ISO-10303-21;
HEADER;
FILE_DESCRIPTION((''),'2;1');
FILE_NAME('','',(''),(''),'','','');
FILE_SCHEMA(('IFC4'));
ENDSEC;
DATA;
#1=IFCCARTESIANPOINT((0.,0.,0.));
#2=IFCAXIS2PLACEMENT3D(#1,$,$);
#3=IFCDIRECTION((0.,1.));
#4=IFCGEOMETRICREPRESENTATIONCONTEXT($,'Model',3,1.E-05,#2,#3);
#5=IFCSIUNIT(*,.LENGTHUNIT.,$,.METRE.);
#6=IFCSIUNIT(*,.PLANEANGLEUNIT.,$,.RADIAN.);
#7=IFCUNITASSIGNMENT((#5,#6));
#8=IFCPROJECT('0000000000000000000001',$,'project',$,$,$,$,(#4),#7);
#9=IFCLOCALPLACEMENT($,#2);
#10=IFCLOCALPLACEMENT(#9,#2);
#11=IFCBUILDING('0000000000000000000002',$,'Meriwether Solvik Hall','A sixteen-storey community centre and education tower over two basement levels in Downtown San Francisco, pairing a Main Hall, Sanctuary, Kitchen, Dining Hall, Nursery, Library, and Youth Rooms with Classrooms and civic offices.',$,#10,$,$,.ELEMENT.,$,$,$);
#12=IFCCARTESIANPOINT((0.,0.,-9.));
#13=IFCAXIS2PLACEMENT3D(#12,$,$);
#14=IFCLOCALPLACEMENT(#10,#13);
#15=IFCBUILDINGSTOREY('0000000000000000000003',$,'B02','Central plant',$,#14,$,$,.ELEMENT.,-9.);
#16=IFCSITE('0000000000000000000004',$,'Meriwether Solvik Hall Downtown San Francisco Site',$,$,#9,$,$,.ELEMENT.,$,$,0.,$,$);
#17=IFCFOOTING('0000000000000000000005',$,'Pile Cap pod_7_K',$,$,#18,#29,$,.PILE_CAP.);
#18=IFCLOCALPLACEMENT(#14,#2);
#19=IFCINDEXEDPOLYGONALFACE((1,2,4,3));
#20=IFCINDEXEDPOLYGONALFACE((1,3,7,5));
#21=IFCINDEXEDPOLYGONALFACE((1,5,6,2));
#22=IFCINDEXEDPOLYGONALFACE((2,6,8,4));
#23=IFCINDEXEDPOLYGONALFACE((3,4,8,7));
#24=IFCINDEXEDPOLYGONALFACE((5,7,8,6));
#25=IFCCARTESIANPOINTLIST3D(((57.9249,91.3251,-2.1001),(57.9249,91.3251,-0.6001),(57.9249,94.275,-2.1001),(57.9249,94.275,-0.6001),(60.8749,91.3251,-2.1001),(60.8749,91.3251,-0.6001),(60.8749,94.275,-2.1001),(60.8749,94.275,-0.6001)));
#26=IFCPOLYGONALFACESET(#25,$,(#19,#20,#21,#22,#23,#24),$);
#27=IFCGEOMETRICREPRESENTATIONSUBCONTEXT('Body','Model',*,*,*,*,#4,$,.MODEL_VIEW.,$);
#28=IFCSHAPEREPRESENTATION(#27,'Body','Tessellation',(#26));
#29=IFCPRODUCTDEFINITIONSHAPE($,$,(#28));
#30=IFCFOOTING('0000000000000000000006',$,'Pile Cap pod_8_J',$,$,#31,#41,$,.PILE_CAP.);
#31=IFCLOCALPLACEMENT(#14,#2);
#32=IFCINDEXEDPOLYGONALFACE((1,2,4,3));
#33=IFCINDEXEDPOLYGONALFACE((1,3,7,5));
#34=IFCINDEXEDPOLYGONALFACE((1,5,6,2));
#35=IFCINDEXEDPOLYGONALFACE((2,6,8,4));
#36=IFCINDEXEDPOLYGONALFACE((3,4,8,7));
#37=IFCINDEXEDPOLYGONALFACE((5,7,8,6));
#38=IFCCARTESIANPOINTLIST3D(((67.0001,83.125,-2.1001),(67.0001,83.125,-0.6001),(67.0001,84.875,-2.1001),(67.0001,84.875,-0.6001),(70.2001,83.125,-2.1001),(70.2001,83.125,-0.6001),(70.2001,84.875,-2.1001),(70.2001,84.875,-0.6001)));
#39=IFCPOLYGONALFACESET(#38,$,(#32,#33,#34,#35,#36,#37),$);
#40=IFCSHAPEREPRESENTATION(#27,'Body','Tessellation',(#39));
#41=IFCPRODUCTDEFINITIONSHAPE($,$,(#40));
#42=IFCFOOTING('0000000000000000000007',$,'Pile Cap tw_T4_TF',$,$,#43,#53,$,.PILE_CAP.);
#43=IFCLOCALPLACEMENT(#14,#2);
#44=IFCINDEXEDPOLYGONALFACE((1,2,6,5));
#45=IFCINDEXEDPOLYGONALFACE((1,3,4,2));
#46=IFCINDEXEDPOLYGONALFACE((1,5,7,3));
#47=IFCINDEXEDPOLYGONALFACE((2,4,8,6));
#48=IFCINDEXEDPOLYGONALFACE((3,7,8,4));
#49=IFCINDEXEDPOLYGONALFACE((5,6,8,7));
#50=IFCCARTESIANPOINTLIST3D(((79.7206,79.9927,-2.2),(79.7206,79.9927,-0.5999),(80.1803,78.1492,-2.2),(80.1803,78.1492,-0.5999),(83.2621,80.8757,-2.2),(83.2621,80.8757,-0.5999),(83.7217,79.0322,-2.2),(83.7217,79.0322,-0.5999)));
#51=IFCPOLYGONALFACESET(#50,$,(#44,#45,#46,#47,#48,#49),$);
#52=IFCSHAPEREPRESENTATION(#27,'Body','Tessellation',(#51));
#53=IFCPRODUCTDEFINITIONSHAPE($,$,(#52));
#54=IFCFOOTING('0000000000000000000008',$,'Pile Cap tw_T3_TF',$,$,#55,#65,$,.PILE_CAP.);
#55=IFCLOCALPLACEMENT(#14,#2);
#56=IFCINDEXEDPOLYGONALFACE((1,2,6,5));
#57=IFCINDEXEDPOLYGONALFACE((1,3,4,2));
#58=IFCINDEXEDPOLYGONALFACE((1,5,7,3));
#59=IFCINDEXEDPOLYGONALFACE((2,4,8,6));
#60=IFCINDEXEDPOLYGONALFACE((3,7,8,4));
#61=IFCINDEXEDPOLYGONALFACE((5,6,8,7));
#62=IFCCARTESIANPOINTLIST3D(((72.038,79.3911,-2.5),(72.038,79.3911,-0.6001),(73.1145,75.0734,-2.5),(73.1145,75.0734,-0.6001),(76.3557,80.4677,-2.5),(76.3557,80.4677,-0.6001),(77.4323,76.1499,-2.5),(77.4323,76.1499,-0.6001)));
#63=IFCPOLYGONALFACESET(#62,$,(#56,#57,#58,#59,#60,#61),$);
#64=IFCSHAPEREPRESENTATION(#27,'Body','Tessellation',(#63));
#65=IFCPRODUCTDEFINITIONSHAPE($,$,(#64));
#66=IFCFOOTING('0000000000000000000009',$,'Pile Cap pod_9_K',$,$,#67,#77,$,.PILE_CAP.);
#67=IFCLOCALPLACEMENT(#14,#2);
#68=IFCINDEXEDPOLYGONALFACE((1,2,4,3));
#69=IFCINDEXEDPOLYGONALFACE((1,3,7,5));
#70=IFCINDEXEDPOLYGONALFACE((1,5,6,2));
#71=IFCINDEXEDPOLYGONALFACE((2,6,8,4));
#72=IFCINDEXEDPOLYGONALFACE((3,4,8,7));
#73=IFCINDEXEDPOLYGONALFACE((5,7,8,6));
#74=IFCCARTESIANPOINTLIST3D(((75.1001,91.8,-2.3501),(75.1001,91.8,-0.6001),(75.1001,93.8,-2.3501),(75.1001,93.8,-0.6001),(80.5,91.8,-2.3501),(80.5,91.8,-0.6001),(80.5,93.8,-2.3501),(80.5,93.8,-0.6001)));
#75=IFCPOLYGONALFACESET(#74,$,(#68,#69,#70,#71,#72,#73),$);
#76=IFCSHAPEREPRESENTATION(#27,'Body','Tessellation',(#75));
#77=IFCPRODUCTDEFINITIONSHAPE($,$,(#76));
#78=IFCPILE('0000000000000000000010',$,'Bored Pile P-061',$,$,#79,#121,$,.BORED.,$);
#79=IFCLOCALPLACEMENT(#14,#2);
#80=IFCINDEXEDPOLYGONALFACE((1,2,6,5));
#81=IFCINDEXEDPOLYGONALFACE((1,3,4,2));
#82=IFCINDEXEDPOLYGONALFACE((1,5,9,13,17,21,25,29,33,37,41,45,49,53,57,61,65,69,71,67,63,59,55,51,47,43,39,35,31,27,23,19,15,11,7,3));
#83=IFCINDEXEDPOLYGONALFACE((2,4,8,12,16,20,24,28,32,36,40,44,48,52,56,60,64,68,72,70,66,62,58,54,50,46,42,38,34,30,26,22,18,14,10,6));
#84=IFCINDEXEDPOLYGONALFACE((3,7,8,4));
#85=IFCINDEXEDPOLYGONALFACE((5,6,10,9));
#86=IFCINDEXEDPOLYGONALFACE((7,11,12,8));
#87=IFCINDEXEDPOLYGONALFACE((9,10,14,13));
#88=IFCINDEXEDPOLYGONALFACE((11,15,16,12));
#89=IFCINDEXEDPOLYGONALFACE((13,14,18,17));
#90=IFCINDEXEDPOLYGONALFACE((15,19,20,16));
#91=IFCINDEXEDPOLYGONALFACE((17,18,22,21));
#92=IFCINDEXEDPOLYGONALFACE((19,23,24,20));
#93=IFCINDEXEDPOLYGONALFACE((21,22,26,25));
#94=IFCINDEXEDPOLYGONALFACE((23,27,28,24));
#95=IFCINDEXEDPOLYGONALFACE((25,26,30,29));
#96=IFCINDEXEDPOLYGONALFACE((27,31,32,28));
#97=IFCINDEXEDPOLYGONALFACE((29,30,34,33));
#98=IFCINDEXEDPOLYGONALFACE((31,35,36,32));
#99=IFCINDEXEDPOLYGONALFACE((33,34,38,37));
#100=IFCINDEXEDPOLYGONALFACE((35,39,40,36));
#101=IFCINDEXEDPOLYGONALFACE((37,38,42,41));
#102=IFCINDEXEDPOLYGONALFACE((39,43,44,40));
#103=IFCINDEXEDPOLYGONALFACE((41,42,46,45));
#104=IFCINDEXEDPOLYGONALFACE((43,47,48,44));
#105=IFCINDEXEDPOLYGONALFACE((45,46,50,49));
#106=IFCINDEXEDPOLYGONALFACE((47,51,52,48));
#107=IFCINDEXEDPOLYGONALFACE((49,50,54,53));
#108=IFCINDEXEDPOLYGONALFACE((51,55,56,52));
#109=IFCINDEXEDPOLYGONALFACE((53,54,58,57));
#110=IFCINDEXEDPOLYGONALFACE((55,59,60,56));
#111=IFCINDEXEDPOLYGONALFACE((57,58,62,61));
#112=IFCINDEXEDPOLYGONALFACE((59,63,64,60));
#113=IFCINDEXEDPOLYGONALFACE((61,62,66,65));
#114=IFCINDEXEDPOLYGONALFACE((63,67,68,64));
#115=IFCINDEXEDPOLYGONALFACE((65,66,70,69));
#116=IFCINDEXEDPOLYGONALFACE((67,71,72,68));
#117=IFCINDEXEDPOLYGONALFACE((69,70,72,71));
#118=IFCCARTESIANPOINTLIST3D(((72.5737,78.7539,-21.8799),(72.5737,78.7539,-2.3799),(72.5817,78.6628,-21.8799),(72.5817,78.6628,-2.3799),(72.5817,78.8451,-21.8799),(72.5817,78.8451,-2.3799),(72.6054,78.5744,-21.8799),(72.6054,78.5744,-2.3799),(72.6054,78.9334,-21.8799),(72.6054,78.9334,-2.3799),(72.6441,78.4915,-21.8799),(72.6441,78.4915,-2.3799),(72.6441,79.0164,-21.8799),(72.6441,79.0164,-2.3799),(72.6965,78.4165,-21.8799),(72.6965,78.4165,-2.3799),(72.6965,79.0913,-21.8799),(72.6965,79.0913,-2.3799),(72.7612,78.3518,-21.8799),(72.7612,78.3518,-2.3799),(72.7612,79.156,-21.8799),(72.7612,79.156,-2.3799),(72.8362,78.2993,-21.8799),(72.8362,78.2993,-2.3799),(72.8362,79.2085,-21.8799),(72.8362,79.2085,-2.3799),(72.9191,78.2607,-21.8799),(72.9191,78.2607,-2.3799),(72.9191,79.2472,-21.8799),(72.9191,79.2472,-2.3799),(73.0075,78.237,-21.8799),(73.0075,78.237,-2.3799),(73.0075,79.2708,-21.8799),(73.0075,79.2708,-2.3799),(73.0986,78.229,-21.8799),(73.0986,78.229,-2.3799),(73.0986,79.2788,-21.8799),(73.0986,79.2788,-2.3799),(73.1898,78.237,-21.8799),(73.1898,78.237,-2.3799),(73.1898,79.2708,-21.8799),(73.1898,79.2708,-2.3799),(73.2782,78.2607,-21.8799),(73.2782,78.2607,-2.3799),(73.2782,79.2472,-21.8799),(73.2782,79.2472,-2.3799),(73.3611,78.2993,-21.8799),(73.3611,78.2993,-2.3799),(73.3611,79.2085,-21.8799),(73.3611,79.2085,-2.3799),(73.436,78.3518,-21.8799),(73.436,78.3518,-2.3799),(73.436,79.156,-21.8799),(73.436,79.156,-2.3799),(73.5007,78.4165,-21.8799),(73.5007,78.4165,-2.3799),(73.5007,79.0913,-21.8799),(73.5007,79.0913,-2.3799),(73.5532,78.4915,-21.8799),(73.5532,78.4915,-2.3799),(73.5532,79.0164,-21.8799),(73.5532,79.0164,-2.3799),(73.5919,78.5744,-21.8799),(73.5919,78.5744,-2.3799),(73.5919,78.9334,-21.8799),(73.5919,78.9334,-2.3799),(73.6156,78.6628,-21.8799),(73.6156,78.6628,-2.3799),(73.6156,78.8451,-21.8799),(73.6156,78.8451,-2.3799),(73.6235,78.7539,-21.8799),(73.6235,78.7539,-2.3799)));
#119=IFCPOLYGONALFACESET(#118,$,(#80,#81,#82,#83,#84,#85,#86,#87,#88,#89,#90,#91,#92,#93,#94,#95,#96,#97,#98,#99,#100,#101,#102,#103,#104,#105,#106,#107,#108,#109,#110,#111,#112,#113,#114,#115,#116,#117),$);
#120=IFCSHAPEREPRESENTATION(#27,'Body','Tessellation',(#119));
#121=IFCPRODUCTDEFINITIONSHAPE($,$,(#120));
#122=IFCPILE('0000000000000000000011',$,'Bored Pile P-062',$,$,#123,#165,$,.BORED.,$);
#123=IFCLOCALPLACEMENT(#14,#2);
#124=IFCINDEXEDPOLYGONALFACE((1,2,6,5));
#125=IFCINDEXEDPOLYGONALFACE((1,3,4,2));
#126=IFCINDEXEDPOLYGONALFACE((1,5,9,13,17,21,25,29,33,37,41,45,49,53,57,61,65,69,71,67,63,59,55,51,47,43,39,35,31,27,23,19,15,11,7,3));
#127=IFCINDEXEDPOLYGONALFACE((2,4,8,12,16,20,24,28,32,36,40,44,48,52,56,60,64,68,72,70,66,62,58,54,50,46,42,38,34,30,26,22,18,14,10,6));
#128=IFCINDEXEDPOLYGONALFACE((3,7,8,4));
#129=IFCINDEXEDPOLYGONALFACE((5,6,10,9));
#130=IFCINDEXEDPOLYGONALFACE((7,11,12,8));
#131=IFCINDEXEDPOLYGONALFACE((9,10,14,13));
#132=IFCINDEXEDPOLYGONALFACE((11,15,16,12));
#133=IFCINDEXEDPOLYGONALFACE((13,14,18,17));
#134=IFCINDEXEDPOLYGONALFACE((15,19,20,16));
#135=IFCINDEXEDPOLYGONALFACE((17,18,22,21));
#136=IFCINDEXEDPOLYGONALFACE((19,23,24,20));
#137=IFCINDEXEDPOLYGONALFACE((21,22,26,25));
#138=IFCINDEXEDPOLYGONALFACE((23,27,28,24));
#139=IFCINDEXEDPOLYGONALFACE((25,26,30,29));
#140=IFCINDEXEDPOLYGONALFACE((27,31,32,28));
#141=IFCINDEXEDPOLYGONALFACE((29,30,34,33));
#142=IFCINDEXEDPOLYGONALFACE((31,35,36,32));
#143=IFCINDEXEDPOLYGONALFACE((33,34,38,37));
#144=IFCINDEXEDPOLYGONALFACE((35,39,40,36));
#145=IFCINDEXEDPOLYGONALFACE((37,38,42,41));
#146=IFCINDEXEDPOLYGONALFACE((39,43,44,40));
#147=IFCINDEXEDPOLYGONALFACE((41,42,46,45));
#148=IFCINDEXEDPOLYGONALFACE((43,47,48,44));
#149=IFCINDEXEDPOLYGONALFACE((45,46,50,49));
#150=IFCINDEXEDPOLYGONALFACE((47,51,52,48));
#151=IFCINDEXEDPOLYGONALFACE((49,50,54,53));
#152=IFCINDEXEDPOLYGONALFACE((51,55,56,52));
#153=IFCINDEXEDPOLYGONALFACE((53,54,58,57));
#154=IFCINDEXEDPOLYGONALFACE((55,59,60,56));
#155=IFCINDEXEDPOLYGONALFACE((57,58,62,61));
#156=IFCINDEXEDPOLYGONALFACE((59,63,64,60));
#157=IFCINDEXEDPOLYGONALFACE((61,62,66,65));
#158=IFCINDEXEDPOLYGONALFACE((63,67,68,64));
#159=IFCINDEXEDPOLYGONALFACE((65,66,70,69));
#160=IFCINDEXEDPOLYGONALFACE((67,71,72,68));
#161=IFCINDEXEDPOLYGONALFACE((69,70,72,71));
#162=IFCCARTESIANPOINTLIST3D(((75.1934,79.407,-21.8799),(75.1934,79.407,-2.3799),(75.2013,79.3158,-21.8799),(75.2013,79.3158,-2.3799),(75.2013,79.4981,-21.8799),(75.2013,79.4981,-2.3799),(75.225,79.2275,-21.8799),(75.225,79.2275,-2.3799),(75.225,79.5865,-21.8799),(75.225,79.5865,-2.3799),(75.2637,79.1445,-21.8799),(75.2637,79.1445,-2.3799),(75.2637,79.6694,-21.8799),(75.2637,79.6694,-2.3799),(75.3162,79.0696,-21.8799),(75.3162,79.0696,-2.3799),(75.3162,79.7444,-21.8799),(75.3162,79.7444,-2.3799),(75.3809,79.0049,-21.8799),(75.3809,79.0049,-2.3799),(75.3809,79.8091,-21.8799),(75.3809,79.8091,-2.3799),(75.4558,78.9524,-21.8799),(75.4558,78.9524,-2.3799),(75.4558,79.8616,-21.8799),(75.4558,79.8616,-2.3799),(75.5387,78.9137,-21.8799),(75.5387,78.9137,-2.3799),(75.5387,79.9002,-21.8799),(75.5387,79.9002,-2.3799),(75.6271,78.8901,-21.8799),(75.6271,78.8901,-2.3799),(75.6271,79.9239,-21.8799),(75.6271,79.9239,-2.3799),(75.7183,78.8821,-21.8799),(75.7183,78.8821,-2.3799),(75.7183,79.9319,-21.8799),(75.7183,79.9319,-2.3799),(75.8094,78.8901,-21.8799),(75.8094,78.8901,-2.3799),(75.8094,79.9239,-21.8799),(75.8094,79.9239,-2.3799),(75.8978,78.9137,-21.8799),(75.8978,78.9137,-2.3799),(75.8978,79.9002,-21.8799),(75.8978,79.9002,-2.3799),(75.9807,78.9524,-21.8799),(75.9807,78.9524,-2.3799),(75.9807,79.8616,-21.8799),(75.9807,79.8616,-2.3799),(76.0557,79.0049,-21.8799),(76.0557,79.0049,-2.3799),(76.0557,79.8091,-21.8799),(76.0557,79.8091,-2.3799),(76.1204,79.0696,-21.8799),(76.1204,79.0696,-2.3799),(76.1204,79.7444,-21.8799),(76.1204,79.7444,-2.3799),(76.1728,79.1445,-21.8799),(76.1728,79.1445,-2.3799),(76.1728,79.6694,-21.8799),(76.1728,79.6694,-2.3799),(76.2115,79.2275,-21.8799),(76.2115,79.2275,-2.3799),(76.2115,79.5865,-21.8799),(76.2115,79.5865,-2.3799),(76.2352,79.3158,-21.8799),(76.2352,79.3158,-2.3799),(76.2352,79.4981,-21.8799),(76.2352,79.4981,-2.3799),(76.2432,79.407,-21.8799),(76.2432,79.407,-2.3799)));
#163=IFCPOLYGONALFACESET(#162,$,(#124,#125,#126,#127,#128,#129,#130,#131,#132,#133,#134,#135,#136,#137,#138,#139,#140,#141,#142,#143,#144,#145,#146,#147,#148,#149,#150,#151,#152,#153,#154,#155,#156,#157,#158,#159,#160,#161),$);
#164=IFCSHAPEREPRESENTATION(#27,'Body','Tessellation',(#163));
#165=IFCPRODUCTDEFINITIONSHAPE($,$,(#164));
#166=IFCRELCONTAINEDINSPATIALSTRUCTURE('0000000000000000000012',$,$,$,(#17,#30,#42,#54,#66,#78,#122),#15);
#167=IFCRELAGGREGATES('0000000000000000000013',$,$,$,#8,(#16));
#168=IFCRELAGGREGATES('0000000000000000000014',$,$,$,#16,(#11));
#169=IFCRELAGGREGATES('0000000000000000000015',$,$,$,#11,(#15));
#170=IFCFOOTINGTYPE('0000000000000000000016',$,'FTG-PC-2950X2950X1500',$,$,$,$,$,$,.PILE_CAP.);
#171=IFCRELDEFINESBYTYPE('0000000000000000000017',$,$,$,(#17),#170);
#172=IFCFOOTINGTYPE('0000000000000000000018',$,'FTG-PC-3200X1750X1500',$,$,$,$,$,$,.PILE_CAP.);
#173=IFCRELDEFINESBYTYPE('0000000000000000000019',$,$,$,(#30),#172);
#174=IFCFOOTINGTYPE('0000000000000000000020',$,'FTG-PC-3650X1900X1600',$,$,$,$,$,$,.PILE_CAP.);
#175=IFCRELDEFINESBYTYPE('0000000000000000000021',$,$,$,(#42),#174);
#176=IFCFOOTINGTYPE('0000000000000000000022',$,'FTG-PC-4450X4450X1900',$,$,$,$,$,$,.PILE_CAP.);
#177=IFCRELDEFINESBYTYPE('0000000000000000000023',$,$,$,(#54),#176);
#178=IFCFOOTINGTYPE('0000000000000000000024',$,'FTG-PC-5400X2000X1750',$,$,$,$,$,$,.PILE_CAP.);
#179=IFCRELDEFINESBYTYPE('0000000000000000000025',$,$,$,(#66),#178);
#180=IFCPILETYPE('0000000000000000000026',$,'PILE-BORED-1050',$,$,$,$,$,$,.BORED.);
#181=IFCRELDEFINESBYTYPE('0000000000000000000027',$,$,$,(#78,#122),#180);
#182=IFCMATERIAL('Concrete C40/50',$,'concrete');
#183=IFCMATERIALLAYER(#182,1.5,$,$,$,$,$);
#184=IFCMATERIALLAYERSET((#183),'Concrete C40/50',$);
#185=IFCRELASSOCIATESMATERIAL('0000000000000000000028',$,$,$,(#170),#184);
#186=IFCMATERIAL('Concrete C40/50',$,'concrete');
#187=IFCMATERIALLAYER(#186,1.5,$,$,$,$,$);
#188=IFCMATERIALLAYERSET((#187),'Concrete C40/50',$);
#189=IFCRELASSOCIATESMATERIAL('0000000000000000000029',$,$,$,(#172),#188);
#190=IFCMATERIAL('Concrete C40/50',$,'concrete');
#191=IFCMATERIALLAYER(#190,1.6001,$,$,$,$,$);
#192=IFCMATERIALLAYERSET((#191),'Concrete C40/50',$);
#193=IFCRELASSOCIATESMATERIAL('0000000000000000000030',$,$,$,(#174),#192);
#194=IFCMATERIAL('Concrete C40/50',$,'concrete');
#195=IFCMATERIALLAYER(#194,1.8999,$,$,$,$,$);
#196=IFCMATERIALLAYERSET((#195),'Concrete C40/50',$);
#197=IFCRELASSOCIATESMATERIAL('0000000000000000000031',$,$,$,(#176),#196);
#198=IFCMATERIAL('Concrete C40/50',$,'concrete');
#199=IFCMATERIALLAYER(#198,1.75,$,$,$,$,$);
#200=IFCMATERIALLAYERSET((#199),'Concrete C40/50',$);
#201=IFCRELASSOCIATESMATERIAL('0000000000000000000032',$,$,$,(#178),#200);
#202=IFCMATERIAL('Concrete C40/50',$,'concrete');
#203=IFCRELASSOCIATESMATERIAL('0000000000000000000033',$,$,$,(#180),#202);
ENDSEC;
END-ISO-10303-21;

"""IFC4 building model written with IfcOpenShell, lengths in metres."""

from ifc_helpers import new_model, si_unit, direction, frame, origin, origin_2d, place, context, subcontext, project, spatial, rectangle, circle, extrude, material, layer, layer_set, material_profile, profile_set, type_object, element, save


model = new_model("IFC4")

# Units and contexts
model_context = context("Model", 3, precision=1e-05, world=origin(), true_north=direction((0.0, 1.0)))
body_context = subcontext(model_context, "Body", "Model", "MODEL_VIEW")
ifc_project = project(units=[si_unit("LENGTHUNIT", "METRE"), si_unit("PLANEANGLEUNIT", "RADIAN")], contexts=[model_context])

# Site, building, storey
site_placement = place(None, origin())
site = spatial("IfcSite", under=ifc_project, at=site_placement, Name="Meriwether Solvik Hall Downtown San Francisco Site", CompositionType="ELEMENT", RefElevation=0.0)
building_placement = place(site_placement, origin())
building = spatial("IfcBuilding", under=site, at=building_placement, Name="Meriwether Solvik Hall", Description="A sixteen-storey community centre and education tower over two basement levels in Downtown San Francisco, pairing a Main Hall, Sanctuary, Kitchen, Dining Hall, Nursery, Library, and Youth Rooms with Classrooms and civic offices.", CompositionType="ELEMENT")
storey_placement = place(building_placement, frame((0.0, 0.0, -9.0)))
storey = spatial("IfcBuildingStorey", under=building, at=storey_placement, Name="B02", Description="Central plant", CompositionType="ELEMENT", Elevation=-9.0)

# Footings
ifc_material_1 = material(Name="Concrete C40/50", Category="concrete")
ifc_layer_1 = layer(ifc_material_1, 1.5)
ifc_layer_set_1 = layer_set([ifc_layer_1], Name="Concrete C40/50")
footing_type_1 = type_object("IfcFootingType", Name="FTG-PC-2950X2950X1500", PredefinedType="PILE_CAP", material=ifc_layer_set_1)
footing_1_placement = place(storey_placement, frame((59.3999, 92.8, -2.1001), z_axis=(0.0, 0.0, 1.0), x_axis=(1.0, 0.0, 0.0)))
element("IfcFooting", 1, at=footing_1_placement, inside=storey, type_object=footing_type_1, Name="Pile Cap pod_7_K", PredefinedType="PILE_CAP", context=body_context, shape_type="SweptSolid", body=[
    extrude(rectangle(XDim=2.95, YDim=2.95, at=origin_2d()), origin(), (0.0, 0.0, 1.0), 1.5),
])
ifc_material_2 = material(Name="Concrete C40/50", Category="concrete")
ifc_layer_2 = layer(ifc_material_2, 1.5)
ifc_layer_set_2 = layer_set([ifc_layer_2], Name="Concrete C40/50")
footing_type_2 = type_object("IfcFootingType", Name="FTG-PC-3200X1750X1500", PredefinedType="PILE_CAP", material=ifc_layer_set_2)
footing_2_placement = place(storey_placement, frame((68.6001, 84.0, -2.1001), z_axis=(0.0, 0.0, 1.0), x_axis=(1.0, 0.0, 0.0)))
element("IfcFooting", 2, at=footing_2_placement, inside=storey, type_object=footing_type_2, Name="Pile Cap pod_8_J", PredefinedType="PILE_CAP", context=body_context, shape_type="SweptSolid", body=[
    extrude(rectangle(XDim=3.2, YDim=1.75, at=origin_2d()), origin(), (0.0, 0.0, 1.0), 1.5),
])
ifc_material_3 = material(Name="Concrete C40/50", Category="concrete")
ifc_layer_3 = layer(ifc_material_3, 1.6001)
ifc_layer_set_3 = layer_set([ifc_layer_3], Name="Concrete C40/50")
footing_type_3 = type_object("IfcFootingType", Name="FTG-PC-3650X1900X1600", PredefinedType="PILE_CAP", material=ifc_layer_set_3)
footing_3_placement = place(storey_placement, frame((81.7212, 79.5125, -2.2), z_axis=(0.0, 0.0, 1.0), x_axis=(0.970296, 0.241922, 0.0)))
element("IfcFooting", 3, at=footing_3_placement, inside=storey, type_object=footing_type_3, Name="Pile Cap tw_T4_TF", PredefinedType="PILE_CAP", context=body_context, shape_type="SweptSolid", body=[
    extrude(rectangle(XDim=3.6499, YDim=1.8999, at=origin_2d()), origin(), (0.0, 0.0, 1.0), 1.6001),
])
ifc_material_4 = material(Name="Concrete C40/50", Category="concrete")
ifc_layer_4 = layer(ifc_material_4, 1.8999)
ifc_layer_set_4 = layer_set([ifc_layer_4], Name="Concrete C40/50")
footing_type_4 = type_object("IfcFootingType", Name="FTG-PC-4450X4450X1900", PredefinedType="PILE_CAP", material=ifc_layer_set_4)
footing_4_placement = place(storey_placement, frame((74.7351, 77.7705, -2.5), z_axis=(0.0, 0.0, 1.0), x_axis=(0.970296, 0.241922, 0.0)))
element("IfcFooting", 4, at=footing_4_placement, inside=storey, type_object=footing_type_4, Name="Pile Cap tw_T3_TF", PredefinedType="PILE_CAP", context=body_context, shape_type="SweptSolid", body=[
    extrude(rectangle(XDim=4.45, YDim=4.45, at=origin_2d()), origin(), (0.0, 0.0, 1.0), 1.8999),
])
ifc_material_5 = material(Name="Concrete C40/50", Category="concrete")
ifc_layer_5 = layer(ifc_material_5, 1.75)
ifc_layer_set_5 = layer_set([ifc_layer_5], Name="Concrete C40/50")
footing_type_5 = type_object("IfcFootingType", Name="FTG-PC-5400X2000X1750", PredefinedType="PILE_CAP", material=ifc_layer_set_5)
footing_5_placement = place(storey_placement, frame((77.8, 92.8, -2.3501), z_axis=(0.0, 0.0, 1.0), x_axis=(1.0, 0.0, 0.0)))
element("IfcFooting", 5, at=footing_5_placement, inside=storey, type_object=footing_type_5, Name="Pile Cap pod_9_K", PredefinedType="PILE_CAP", context=body_context, shape_type="SweptSolid", body=[
    extrude(rectangle(XDim=5.3999, YDim=2.0, at=origin_2d()), origin(), (0.0, 0.0, 1.0), 1.75),
])

# Piles
ifc_material_6 = material(Name="Concrete C40/50", Category="concrete")
ifc_material_profile_1 = material_profile(ifc_material_6, circle(Radius=0.5249, at=origin_2d()), Name="PILE-D1050")
ifc_profile_set_1 = profile_set([ifc_material_profile_1], Name="Concrete C40/50")
pile_type_1 = type_object("IfcPileType", Name="PILE-BORED-1050", PredefinedType="BORED", material=ifc_profile_set_1)
for number, where, z_axis, x_axis, name in (
    (6, (73.0986, 78.7539, -2.3799), (0.0, 0.0, -1.0), (1.0, 0.0, 0.0), "Bored Pile P-061"),
    (7, (75.7183, 79.407, -2.3799), (0.0, 0.0, -1.0), (1.0, 0.0, 0.0), "Bored Pile P-062"),
):
    element("IfcPile", number, at=place(storey_placement, frame(where, z_axis=z_axis, x_axis=x_axis)), inside=storey, type_object=pile_type_1, Name=name, PredefinedType="BORED", context=body_context, shape_type="SweptSolid", body=[
        extrude(circle(Radius=0.5249, at=origin_2d()), origin(), (0.0, 0.0, 1.0), 19.5),
    ])

save(model, "model.ifc")
